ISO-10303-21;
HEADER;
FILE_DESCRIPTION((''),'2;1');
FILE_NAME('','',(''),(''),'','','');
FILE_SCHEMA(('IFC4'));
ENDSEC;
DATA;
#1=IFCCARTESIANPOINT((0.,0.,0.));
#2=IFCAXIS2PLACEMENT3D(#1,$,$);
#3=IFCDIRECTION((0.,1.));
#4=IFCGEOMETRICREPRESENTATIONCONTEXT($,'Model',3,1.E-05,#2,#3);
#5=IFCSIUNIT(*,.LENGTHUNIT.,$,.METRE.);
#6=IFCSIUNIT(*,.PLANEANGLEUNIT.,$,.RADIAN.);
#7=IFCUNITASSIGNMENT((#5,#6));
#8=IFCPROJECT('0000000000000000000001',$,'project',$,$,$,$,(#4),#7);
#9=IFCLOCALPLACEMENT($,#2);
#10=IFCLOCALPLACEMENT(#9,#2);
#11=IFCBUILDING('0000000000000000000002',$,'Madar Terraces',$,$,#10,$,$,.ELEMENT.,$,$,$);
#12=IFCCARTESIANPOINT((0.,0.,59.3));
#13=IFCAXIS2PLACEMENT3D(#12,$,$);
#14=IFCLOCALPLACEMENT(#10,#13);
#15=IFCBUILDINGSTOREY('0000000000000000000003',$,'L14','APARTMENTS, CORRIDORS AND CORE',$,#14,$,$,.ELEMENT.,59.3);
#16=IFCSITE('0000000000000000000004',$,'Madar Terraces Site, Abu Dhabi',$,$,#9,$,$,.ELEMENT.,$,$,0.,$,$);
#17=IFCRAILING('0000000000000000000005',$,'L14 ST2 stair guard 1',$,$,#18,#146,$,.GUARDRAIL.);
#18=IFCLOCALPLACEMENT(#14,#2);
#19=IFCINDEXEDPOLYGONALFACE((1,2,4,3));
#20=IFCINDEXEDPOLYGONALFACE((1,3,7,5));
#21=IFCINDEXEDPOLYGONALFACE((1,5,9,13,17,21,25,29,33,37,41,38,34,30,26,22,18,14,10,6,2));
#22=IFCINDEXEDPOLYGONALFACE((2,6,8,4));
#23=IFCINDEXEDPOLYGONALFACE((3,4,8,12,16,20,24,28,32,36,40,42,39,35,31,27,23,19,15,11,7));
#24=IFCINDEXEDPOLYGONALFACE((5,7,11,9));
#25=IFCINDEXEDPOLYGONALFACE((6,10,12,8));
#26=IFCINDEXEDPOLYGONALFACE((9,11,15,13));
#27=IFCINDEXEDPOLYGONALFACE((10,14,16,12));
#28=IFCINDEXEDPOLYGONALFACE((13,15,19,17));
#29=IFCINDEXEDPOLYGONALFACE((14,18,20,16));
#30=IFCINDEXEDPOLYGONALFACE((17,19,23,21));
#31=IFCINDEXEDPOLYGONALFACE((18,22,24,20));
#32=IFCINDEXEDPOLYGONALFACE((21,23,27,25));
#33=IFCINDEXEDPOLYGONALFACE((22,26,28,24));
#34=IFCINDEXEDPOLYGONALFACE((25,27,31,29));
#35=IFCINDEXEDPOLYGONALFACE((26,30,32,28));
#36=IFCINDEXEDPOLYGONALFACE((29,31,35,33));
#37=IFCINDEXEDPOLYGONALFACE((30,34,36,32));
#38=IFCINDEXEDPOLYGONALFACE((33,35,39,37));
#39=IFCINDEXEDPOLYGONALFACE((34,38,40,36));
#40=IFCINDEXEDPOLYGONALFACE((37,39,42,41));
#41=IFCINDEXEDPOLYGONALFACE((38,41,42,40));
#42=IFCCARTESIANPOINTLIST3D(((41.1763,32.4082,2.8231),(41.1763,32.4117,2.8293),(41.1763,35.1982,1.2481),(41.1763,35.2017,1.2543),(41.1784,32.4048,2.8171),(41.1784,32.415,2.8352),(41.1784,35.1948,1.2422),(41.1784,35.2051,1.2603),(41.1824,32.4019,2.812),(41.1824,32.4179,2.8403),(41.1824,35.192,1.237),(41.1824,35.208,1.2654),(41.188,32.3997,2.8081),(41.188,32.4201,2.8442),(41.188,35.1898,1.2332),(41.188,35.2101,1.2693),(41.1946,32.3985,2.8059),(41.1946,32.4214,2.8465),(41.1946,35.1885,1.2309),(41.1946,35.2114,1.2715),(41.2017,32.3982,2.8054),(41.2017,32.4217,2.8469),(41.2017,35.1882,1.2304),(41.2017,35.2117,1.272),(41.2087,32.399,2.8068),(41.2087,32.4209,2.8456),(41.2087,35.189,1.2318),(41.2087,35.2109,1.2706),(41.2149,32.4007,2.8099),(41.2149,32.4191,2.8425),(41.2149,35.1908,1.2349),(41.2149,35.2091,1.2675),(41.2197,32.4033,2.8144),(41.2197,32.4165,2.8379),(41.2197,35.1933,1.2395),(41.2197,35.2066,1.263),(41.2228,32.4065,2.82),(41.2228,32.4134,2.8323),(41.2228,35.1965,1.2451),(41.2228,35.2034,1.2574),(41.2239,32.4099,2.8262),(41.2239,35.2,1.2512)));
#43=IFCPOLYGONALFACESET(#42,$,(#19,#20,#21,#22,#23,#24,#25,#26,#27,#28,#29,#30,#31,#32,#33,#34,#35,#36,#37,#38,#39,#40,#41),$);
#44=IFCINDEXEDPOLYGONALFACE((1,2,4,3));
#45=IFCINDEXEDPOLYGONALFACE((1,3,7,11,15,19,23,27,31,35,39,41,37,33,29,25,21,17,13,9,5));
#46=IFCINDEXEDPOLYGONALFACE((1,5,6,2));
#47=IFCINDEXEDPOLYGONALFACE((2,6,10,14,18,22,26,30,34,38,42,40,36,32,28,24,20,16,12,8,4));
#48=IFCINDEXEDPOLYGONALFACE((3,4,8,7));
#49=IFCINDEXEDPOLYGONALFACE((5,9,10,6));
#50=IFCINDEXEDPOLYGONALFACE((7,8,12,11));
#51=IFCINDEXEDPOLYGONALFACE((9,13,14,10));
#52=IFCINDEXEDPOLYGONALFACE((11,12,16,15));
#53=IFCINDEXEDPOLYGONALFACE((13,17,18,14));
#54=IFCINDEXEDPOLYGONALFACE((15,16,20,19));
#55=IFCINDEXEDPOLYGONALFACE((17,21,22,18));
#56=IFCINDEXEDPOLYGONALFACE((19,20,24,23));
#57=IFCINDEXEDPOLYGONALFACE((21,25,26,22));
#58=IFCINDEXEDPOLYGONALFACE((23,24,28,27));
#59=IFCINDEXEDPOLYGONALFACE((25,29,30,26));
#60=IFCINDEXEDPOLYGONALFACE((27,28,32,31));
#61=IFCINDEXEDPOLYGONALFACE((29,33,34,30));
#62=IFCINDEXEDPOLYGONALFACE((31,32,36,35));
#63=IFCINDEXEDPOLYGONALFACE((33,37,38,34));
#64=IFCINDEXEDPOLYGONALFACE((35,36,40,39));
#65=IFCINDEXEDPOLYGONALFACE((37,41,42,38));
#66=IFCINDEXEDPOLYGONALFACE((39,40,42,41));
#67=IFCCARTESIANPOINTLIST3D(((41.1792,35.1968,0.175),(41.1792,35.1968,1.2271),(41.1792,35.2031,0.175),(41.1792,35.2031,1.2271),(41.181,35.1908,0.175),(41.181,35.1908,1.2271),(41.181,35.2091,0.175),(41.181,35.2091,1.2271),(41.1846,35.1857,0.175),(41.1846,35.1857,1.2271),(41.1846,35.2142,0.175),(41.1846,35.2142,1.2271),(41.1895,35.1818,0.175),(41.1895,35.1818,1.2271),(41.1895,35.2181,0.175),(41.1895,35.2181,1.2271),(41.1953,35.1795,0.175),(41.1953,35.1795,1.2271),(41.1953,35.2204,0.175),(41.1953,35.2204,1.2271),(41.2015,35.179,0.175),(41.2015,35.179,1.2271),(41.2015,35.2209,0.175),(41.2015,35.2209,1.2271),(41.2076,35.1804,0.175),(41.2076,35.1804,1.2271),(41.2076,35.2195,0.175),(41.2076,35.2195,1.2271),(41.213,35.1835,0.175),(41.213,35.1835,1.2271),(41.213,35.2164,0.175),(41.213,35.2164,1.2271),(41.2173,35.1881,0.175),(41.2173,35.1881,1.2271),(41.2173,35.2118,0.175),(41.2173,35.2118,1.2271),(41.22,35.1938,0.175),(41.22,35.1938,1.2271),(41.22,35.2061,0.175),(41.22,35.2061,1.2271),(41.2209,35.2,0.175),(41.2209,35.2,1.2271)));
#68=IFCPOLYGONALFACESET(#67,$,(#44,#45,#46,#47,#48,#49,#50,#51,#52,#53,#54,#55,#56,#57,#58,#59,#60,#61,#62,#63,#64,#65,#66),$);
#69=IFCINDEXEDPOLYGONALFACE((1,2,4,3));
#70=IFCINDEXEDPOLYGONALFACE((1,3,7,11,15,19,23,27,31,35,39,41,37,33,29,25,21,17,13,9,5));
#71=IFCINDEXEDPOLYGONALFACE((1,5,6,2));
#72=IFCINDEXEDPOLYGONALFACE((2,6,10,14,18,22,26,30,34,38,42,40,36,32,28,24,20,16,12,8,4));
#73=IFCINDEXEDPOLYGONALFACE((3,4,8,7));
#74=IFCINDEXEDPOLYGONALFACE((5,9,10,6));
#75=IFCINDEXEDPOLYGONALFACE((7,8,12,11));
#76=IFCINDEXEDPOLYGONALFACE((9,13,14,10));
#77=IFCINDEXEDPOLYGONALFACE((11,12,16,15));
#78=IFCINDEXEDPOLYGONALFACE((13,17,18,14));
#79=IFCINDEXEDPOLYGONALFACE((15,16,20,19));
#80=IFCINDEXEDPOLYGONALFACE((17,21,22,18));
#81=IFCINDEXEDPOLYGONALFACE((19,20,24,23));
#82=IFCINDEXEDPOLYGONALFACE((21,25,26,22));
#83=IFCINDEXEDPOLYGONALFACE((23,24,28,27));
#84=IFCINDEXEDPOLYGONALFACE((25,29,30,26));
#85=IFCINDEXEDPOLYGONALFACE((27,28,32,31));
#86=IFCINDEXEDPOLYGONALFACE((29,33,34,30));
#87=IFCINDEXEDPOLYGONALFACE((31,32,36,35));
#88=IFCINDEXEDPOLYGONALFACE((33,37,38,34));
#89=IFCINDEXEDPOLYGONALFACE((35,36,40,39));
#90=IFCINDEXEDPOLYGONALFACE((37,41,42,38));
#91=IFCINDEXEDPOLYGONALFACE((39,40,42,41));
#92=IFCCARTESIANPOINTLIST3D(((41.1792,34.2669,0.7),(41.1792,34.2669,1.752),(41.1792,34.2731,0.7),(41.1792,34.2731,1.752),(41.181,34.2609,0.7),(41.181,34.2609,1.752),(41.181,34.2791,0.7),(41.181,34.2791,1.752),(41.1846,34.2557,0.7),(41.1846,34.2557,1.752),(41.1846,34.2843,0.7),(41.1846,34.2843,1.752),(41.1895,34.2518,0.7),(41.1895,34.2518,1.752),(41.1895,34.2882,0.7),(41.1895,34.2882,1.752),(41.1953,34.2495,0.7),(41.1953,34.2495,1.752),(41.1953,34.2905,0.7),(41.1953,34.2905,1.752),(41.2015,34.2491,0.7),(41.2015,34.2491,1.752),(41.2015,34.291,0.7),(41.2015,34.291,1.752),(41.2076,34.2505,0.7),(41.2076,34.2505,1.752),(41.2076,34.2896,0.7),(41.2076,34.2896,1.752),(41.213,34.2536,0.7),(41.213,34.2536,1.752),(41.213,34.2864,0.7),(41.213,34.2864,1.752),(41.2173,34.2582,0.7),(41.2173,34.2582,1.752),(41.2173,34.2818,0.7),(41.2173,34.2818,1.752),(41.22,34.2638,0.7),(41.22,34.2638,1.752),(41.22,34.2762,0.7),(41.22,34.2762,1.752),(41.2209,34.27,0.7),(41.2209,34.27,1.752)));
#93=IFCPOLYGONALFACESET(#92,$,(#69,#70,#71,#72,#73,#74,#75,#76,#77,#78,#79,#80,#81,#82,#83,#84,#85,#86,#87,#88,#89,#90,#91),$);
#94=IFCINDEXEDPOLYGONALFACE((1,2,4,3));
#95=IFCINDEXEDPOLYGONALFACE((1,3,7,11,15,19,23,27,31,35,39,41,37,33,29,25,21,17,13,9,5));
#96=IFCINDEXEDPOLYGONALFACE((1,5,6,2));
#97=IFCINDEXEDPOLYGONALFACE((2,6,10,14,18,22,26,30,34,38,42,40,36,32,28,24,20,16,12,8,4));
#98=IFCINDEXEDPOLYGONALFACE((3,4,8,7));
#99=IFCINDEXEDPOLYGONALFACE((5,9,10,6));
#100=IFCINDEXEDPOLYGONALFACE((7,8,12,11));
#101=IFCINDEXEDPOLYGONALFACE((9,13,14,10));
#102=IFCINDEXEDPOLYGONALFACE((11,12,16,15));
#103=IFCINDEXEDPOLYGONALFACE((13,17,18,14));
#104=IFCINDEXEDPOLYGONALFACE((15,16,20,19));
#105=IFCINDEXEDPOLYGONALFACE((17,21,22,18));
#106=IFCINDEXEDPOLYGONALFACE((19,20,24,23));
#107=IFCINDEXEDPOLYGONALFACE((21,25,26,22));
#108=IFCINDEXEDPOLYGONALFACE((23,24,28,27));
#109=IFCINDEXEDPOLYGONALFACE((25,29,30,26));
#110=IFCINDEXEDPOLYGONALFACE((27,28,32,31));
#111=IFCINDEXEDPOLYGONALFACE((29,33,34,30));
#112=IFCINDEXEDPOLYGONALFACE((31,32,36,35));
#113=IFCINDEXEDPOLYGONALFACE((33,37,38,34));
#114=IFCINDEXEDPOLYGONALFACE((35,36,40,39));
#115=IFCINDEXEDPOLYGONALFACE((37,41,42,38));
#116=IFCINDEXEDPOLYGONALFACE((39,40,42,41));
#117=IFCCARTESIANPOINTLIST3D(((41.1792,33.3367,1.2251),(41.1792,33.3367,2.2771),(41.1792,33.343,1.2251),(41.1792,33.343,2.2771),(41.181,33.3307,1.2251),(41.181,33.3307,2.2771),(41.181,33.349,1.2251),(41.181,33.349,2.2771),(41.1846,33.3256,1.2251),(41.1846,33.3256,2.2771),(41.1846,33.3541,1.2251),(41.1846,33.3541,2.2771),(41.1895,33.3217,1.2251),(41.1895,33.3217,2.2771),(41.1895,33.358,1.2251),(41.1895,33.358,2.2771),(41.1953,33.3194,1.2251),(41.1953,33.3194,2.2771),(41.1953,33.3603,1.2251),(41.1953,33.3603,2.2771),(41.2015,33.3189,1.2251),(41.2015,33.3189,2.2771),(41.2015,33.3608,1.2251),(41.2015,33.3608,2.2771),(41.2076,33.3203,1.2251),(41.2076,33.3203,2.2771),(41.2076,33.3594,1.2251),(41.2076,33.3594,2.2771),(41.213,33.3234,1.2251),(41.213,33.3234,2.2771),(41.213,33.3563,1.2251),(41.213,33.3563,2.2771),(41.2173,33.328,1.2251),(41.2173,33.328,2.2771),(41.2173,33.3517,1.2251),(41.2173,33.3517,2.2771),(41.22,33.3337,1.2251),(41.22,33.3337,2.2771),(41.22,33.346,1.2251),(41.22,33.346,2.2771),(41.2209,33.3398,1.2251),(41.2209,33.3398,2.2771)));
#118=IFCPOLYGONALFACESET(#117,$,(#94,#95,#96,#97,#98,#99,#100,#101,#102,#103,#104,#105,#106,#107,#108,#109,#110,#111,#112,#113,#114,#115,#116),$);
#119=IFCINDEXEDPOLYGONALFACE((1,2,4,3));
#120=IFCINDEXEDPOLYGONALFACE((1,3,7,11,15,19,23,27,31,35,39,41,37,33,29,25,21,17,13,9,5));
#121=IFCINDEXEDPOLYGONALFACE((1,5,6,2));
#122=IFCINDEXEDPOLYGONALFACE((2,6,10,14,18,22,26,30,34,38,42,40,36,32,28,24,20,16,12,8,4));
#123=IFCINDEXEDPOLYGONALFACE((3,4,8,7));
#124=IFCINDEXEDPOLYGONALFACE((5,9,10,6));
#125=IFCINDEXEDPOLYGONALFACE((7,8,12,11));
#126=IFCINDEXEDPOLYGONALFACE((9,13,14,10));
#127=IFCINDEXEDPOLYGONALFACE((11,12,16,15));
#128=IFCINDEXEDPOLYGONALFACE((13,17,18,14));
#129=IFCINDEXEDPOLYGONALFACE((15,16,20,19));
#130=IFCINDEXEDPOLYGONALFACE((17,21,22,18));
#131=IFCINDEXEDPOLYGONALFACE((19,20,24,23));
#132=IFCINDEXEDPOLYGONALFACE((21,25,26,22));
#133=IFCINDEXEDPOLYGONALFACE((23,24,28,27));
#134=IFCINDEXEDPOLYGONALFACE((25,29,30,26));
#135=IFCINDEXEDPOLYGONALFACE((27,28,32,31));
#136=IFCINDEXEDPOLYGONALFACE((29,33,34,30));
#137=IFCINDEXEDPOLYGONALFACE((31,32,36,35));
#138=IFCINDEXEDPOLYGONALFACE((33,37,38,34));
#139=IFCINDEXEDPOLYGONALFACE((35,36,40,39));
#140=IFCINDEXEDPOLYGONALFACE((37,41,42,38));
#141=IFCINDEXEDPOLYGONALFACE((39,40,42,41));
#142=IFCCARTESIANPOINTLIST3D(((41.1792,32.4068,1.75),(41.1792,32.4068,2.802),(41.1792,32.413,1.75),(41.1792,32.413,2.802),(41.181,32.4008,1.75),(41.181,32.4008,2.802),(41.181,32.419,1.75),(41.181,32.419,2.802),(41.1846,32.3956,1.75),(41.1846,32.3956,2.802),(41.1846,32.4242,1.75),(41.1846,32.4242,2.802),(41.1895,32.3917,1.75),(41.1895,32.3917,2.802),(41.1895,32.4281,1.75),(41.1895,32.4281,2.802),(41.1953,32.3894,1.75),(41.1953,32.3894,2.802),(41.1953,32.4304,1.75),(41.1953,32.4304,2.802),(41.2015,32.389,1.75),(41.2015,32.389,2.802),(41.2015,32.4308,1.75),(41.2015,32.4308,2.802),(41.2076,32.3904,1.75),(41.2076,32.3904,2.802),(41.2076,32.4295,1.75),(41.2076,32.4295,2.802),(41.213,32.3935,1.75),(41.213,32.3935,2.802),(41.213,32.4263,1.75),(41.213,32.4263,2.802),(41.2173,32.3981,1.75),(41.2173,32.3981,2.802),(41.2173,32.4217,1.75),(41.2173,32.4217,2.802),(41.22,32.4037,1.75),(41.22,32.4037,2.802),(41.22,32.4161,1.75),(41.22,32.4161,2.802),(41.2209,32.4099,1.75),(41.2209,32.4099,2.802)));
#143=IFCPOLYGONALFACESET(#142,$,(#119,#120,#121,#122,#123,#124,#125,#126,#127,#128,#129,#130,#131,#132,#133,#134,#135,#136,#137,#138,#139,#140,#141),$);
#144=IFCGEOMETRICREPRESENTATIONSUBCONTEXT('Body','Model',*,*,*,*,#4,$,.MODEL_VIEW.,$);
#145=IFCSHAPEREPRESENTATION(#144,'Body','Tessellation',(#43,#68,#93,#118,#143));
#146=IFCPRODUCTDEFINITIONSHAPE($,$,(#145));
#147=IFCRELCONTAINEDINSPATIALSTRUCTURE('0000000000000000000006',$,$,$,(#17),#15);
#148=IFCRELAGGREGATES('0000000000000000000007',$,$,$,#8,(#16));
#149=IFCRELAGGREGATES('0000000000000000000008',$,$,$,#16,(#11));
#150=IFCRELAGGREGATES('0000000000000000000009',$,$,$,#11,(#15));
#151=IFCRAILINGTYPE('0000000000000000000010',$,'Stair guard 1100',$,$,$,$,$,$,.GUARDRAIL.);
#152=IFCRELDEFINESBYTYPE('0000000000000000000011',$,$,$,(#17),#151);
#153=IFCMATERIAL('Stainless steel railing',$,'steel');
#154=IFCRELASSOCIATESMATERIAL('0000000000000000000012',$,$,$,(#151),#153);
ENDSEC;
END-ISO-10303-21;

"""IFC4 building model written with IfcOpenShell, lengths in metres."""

from ifc_helpers import new_model, si_unit, direction, frame, origin, origin_2d, place, context, subcontext, project, spatial, circle, extrude, material, type_object, element, save


model = new_model("IFC4")

# Units and contexts
model_context = context("Model", 3, precision=1e-05, world=origin(), true_north=direction((0.0, 1.0)))
body_context = subcontext(model_context, "Body", "Model", "MODEL_VIEW")
ifc_project = project(units=[si_unit("LENGTHUNIT", "METRE"), si_unit("PLANEANGLEUNIT", "RADIAN")], contexts=[model_context])

# Site, building, storey
site_placement = place(None, origin())
site = spatial("IfcSite", under=ifc_project, at=site_placement, Name="Madar Terraces Site, Abu Dhabi", CompositionType="ELEMENT", RefElevation=0.0)
building_placement = place(site_placement, origin())
building = spatial("IfcBuilding", under=site, at=building_placement, Name="Madar Terraces", CompositionType="ELEMENT")
storey_placement = place(building_placement, frame((0.0, 0.0, 59.3)))
storey = spatial("IfcBuildingStorey", under=building, at=storey_placement, Name="L14", Description="APARTMENTS, CORRIDORS AND CORE", CompositionType="ELEMENT", Elevation=59.3)

# Railing
ifc_material_1 = material(Name="Stainless steel railing", Category="steel")
railing_type_1 = type_object("IfcRailingType", Name="Stair guard 1100", PredefinedType="GUARDRAIL", material=ifc_material_1)
railing_1_placement = place(storey_placement, frame((41.2, 35.2, 0.175)))
element("IfcRailing", 1, at=railing_1_placement, inside=storey, type_object=railing_type_1, Name="L14 ST2 stair guard 1", PredefinedType="GUARDRAIL", context=body_context, shape_type="SweptSolid", body=[
    extrude(circle(Radius=0.0239, at=origin_2d()), frame((0.0, 0.0, 1.0762), z_axis=(0.0, -0.870834, 0.491578), x_axis=(1.0, 0.0, 0.0)), (0.0, 0.0, 1.0), 3.2039),
    extrude(circle(Radius=0.021, at=origin_2d()), origin(), (0.0, 0.0, 1.0), 1.052),
    extrude(circle(Radius=0.021, at=origin_2d()), frame((0.0, -0.9299, 0.5249)), (0.0, 0.0, 1.0), 1.052),
    extrude(circle(Radius=0.021, at=origin_2d()), frame((0.0, -1.8601, 1.05)), (0.0, 0.0, 1.0), 1.052),
    extrude(circle(Radius=0.021, at=origin_2d()), frame((0.0, -2.79, 1.575)), (0.0, 0.0, 1.0), 1.052),
])

save(model, "model.ifc")
